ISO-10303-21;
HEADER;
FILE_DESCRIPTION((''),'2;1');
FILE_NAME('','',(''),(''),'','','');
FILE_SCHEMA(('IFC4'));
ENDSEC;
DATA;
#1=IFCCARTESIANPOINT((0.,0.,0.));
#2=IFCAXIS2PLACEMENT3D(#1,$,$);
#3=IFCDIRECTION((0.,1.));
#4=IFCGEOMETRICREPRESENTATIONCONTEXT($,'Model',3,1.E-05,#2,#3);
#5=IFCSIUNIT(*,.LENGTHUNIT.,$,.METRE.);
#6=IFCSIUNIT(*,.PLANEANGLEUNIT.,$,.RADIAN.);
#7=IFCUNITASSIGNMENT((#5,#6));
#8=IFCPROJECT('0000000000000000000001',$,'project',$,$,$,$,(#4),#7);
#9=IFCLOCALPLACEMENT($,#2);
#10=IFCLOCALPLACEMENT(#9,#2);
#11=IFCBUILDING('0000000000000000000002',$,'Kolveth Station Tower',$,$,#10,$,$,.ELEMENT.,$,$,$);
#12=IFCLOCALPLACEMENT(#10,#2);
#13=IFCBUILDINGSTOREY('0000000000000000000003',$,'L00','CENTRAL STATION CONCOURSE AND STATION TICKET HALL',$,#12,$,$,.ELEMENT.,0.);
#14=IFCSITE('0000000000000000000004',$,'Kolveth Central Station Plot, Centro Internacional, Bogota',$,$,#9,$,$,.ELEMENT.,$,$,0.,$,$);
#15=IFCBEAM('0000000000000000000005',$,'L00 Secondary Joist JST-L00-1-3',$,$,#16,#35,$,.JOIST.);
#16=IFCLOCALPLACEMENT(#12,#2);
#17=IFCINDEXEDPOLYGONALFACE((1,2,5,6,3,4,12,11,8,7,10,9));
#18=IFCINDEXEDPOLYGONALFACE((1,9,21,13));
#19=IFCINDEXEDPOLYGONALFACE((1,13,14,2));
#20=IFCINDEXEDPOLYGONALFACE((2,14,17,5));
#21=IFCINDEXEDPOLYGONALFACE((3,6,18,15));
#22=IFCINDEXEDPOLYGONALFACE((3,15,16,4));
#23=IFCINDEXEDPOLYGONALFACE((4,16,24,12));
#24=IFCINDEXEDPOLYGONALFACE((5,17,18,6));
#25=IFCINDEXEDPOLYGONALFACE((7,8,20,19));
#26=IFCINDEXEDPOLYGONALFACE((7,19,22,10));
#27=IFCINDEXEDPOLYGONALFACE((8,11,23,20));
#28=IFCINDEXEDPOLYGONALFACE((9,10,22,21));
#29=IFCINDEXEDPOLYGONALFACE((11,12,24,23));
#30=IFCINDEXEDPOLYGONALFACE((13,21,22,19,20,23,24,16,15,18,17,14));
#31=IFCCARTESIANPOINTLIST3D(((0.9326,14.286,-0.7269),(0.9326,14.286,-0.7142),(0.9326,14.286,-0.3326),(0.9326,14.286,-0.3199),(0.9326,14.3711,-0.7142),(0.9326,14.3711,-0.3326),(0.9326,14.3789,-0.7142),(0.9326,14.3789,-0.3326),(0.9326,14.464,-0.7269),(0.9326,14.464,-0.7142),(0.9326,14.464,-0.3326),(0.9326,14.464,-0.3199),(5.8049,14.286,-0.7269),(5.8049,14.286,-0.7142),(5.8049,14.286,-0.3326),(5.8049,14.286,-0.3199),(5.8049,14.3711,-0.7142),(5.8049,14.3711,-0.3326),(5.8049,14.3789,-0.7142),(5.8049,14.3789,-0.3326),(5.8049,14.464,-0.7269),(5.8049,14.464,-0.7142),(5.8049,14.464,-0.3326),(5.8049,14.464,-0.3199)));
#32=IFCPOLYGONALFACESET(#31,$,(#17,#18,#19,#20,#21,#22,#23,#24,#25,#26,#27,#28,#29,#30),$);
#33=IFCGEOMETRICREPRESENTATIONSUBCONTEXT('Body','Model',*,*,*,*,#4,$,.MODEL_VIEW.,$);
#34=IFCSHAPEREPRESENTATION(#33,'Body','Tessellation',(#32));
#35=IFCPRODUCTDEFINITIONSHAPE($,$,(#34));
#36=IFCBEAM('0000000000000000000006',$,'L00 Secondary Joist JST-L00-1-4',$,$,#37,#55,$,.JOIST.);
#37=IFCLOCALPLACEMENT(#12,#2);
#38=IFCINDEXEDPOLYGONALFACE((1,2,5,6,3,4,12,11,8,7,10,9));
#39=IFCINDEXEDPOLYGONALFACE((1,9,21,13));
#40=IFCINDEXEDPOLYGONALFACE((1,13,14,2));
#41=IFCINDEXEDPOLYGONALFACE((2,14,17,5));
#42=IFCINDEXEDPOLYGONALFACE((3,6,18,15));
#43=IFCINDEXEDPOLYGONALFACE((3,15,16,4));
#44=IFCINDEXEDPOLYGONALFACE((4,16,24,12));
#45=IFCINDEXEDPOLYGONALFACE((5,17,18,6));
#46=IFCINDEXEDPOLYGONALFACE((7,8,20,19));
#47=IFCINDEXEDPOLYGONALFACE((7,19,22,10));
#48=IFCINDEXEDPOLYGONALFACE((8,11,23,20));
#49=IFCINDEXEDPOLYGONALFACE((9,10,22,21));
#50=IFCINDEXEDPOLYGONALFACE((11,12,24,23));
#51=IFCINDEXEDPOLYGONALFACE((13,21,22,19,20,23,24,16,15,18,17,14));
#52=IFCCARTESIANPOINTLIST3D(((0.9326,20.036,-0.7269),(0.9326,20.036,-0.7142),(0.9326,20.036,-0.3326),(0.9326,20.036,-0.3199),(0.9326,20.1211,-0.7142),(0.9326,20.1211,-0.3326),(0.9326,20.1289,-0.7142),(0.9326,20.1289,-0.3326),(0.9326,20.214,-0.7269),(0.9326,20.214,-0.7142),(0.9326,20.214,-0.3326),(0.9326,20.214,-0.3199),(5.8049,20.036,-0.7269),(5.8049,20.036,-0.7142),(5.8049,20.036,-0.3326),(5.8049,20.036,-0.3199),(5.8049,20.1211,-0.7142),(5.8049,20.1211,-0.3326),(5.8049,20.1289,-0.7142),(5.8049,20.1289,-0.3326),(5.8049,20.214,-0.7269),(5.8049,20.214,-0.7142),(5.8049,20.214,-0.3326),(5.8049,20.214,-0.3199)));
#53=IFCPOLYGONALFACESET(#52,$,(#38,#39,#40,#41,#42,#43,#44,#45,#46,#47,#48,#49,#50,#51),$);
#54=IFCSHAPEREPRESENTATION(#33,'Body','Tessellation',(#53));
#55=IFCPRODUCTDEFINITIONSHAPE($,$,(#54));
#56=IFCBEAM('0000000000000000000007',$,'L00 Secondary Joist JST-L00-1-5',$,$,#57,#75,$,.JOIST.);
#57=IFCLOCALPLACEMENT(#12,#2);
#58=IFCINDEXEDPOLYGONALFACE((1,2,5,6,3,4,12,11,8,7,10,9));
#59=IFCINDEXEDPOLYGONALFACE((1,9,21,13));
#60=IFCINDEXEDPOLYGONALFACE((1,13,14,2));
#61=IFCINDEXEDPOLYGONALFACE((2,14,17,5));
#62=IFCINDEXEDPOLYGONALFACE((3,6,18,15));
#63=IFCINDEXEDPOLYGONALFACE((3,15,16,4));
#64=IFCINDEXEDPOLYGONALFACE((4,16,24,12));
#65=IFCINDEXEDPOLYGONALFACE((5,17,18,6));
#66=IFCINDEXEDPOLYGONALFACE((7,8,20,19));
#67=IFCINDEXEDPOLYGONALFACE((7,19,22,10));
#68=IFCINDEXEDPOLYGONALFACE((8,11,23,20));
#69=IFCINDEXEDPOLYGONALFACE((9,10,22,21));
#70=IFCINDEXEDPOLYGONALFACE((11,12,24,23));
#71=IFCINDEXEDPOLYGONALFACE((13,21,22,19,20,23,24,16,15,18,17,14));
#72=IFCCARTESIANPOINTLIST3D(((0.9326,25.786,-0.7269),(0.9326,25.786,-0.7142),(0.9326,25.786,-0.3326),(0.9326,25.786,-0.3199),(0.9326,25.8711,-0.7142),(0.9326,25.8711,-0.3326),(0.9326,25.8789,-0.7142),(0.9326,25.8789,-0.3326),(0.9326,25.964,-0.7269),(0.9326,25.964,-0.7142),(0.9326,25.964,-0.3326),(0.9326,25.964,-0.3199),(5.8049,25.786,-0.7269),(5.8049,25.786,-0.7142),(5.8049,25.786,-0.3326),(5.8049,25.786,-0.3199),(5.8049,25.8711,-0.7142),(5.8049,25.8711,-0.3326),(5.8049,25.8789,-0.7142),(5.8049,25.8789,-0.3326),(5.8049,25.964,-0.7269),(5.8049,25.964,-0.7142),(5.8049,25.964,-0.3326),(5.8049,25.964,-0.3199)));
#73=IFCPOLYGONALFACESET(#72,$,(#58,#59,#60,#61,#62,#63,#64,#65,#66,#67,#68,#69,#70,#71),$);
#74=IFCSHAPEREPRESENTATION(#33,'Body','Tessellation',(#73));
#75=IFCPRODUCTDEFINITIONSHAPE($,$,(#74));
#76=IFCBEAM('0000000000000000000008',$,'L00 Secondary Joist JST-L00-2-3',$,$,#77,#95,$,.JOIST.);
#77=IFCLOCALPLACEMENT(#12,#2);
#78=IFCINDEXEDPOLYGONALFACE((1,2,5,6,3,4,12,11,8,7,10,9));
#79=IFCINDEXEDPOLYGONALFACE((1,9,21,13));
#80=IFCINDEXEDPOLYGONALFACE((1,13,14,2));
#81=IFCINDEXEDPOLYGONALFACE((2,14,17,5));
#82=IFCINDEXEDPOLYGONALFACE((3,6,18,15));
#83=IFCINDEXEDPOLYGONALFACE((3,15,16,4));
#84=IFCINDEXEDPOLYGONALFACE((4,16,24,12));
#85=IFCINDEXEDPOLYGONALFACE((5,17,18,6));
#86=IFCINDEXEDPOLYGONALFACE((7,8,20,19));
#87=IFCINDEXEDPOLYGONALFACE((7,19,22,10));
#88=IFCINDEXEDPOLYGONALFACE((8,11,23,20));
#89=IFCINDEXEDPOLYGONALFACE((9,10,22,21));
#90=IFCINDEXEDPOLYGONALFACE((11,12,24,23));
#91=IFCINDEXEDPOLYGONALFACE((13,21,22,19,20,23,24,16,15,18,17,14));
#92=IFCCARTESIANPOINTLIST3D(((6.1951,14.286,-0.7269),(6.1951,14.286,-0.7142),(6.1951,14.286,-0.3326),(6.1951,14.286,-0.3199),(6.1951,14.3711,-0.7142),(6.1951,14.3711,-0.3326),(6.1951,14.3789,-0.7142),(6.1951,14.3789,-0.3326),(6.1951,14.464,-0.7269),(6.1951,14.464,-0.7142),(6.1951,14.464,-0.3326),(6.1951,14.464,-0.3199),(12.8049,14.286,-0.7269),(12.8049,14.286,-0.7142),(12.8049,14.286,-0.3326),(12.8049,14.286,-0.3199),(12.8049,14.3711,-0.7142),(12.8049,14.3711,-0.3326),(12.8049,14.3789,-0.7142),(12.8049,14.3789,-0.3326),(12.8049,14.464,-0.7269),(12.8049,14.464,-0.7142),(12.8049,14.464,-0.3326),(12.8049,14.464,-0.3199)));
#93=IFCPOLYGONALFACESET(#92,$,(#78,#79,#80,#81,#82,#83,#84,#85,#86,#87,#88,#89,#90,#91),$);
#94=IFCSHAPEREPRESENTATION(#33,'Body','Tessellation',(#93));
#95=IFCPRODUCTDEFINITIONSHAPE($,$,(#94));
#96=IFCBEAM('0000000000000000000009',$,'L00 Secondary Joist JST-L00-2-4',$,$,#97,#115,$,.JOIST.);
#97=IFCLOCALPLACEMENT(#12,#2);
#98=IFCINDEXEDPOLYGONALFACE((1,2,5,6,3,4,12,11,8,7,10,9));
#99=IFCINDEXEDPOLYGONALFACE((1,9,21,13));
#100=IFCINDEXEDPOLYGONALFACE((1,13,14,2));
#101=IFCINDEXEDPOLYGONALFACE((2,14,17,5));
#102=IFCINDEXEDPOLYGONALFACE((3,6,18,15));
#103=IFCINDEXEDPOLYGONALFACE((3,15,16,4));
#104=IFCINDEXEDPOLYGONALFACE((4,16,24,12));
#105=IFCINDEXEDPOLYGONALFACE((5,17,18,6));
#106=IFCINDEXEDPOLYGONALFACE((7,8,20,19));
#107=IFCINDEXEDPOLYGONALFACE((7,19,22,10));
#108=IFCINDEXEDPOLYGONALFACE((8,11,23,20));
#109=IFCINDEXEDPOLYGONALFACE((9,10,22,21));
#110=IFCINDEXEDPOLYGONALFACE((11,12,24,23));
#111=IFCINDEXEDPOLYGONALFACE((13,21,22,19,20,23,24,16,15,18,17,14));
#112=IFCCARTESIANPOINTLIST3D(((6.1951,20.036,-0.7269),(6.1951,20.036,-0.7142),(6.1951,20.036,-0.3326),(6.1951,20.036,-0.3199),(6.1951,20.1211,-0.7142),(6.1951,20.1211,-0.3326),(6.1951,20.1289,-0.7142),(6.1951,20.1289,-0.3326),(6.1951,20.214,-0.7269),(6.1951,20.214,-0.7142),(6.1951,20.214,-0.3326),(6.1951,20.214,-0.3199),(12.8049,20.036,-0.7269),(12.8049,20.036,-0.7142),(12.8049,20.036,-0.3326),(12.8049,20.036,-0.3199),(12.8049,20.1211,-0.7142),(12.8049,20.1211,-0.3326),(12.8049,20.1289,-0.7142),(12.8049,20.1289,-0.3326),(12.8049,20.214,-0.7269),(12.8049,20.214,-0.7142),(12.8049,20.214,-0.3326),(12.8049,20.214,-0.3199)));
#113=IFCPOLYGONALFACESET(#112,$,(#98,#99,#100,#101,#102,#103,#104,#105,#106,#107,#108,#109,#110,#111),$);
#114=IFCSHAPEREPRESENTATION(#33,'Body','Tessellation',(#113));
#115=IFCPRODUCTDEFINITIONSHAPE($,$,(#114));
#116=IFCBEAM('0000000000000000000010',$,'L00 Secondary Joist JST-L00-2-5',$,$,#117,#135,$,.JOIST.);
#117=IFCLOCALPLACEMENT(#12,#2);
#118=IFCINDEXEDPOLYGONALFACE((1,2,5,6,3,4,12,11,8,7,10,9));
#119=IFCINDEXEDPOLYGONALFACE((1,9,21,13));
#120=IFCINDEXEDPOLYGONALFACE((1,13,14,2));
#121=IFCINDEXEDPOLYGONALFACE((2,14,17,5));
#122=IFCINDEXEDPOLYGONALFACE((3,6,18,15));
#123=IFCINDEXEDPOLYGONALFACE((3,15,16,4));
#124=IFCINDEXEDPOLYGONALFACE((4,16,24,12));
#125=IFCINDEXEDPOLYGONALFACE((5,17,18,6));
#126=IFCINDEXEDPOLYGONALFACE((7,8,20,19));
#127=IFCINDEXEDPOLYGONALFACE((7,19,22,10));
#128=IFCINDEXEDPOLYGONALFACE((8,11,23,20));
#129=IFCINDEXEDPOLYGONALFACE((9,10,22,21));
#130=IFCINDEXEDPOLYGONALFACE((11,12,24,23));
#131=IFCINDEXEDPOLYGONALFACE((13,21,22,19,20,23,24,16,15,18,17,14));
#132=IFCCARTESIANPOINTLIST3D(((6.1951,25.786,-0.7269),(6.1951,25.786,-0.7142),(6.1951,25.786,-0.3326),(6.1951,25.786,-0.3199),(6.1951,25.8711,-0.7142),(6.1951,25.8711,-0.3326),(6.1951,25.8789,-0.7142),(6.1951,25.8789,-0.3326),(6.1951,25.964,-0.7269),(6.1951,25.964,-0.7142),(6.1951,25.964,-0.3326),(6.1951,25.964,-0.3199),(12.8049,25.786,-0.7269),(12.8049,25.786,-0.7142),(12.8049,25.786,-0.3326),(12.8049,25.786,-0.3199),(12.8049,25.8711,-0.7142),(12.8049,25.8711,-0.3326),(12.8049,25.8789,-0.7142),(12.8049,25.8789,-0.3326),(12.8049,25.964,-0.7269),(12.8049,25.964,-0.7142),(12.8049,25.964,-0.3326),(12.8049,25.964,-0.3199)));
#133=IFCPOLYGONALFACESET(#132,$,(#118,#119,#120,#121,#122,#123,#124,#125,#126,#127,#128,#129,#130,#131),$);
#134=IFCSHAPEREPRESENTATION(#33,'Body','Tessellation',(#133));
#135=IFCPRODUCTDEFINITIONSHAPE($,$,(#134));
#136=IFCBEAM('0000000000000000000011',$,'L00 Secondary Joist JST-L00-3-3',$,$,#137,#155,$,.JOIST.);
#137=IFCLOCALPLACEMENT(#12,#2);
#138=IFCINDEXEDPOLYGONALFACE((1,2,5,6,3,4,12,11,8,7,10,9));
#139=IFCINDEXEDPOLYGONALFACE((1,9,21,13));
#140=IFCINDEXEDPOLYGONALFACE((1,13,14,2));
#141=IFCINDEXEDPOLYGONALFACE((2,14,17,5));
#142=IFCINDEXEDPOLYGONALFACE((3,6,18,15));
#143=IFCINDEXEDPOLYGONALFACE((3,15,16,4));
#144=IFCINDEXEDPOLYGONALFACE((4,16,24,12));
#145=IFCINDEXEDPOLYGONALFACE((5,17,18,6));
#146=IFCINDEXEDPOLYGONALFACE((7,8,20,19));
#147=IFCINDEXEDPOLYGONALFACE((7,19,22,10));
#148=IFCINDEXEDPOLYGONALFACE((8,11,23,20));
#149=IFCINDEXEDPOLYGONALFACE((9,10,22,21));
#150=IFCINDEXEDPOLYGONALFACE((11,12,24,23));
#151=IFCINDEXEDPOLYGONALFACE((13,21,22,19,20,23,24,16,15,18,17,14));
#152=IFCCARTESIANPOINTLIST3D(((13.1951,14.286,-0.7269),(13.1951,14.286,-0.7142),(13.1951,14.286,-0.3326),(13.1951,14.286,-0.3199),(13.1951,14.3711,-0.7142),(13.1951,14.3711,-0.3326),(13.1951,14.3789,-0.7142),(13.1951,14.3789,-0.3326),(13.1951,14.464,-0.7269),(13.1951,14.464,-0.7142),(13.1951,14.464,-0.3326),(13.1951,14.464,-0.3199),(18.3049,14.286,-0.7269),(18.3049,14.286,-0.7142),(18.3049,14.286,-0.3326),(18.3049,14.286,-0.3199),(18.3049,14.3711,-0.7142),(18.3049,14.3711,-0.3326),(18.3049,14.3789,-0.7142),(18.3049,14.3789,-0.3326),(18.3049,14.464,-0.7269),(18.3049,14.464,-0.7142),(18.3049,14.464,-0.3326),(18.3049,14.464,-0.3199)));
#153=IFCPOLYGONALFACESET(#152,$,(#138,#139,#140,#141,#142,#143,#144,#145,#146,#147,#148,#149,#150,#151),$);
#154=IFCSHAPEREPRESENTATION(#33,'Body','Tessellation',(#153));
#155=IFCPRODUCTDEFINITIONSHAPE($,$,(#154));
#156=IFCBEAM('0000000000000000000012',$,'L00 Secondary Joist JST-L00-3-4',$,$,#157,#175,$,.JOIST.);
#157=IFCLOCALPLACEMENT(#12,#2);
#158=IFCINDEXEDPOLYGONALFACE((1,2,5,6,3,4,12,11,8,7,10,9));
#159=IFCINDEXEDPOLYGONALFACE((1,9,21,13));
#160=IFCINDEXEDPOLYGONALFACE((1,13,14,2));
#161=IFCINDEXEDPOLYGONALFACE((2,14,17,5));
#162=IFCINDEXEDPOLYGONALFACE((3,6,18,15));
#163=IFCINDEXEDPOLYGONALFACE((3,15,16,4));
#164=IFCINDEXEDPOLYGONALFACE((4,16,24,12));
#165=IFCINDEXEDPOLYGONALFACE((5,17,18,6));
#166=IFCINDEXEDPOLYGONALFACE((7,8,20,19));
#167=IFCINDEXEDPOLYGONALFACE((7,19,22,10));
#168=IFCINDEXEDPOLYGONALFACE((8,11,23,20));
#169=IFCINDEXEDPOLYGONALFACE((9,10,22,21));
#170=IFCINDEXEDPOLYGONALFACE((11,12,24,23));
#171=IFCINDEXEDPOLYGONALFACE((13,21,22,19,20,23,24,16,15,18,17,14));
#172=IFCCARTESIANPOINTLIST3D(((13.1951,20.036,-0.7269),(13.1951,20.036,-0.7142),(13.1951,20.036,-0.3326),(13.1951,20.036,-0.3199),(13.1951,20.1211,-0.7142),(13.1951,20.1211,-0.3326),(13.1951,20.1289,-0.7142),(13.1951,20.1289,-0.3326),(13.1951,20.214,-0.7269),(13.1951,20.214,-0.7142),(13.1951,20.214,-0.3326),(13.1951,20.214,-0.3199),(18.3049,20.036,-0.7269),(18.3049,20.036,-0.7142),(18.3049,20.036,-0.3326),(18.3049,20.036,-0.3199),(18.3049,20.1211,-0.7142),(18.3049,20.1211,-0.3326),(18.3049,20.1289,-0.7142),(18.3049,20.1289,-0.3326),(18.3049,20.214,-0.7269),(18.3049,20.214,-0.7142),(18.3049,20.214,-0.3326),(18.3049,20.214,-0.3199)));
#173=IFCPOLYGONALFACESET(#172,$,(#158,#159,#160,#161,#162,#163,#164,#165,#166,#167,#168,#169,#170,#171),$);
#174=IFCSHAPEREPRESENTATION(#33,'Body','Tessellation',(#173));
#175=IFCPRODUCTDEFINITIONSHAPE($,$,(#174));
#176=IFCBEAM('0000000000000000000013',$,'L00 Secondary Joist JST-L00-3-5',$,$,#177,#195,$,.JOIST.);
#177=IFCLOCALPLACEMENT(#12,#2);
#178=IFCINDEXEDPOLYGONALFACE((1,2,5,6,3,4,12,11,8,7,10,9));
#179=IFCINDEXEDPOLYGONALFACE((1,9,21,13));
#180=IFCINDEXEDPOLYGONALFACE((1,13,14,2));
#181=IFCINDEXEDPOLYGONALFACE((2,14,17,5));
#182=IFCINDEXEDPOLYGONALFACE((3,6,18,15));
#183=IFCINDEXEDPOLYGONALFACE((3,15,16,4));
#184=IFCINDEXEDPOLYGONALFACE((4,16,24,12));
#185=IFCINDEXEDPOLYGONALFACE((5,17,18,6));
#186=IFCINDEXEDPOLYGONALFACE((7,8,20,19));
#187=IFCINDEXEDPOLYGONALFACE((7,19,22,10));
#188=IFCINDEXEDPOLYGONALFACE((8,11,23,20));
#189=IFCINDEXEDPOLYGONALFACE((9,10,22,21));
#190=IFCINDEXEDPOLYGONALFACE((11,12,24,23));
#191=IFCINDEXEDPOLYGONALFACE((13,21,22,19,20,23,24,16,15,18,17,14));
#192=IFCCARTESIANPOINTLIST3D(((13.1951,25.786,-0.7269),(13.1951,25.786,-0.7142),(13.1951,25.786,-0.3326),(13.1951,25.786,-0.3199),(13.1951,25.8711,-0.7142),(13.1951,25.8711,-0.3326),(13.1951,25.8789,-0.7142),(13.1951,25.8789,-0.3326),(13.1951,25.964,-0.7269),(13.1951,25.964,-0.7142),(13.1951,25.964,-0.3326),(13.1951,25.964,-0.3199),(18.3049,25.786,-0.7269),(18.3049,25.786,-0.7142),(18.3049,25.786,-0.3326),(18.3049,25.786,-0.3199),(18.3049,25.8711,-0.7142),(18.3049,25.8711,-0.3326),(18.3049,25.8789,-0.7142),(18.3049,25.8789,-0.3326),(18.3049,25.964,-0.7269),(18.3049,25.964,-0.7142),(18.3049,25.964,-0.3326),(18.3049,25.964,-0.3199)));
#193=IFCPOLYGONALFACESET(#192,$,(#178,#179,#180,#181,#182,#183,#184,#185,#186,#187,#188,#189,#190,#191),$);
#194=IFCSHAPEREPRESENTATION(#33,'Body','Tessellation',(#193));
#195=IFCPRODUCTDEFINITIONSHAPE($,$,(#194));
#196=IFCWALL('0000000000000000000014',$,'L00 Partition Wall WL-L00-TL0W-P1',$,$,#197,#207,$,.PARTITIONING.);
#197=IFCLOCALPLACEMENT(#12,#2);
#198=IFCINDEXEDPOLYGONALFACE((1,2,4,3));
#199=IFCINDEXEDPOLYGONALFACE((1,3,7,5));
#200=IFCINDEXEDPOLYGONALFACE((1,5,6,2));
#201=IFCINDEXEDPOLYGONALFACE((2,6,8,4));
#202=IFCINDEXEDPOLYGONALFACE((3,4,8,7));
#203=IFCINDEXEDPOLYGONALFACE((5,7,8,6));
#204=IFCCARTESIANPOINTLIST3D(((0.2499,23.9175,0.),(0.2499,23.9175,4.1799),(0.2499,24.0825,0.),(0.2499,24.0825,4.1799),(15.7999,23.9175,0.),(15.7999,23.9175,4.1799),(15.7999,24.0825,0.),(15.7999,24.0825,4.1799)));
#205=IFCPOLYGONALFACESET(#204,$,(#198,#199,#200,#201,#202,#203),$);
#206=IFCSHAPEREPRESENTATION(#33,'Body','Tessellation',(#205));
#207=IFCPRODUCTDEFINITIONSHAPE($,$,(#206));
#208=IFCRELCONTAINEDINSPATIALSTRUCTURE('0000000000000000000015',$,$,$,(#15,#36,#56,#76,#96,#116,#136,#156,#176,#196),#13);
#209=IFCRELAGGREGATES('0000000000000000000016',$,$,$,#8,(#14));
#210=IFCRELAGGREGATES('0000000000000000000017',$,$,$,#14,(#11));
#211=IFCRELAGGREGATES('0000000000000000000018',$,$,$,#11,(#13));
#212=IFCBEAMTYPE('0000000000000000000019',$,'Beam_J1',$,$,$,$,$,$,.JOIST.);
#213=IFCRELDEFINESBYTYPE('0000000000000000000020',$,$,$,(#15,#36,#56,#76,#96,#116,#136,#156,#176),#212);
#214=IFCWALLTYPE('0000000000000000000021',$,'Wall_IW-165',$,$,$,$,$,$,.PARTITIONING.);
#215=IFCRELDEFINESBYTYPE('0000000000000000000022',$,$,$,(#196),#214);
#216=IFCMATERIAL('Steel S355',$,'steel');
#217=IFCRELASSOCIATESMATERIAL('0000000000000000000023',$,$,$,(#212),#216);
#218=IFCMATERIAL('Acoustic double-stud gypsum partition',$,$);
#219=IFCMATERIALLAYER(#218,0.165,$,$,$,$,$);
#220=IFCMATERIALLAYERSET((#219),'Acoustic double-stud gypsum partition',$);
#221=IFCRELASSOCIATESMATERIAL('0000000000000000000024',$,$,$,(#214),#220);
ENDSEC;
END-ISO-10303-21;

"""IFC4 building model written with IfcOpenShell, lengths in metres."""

from ifc_helpers import new_model, si_unit, direction, frame, frame_2d, origin, origin_2d, place, context, subcontext, project, spatial, rectangle, i_section, extrude, source, transform, mapped, material, layer, layer_set, material_profile, profile_set, type_object, element, save


model = new_model("IFC4")

# Units and contexts
model_context = context("Model", 3, precision=1e-05, world=origin(), true_north=direction((0.0, 1.0)))
body_context = subcontext(model_context, "Body", "Model", "MODEL_VIEW")
ifc_project = project(units=[si_unit("LENGTHUNIT", "METRE"), si_unit("PLANEANGLEUNIT", "RADIAN")], contexts=[model_context])

# Site, building, storey
site_placement = place(None, origin())
site = spatial("IfcSite", under=ifc_project, at=site_placement, Name="Kolveth Central Station Plot, Centro Internacional, Bogota", CompositionType="ELEMENT", RefElevation=0.0)
building_placement = place(site_placement, origin())
building = spatial("IfcBuilding", under=site, at=building_placement, Name="Kolveth Station Tower", CompositionType="ELEMENT")
storey_placement = place(building_placement, origin())
storey = spatial("IfcBuildingStorey", under=building, at=storey_placement, Name="L00", Description="CENTRAL STATION CONCOURSE AND STATION TICKET HALL", CompositionType="ELEMENT", Elevation=0.0)

# Beams
ifc_material_1 = material(Name="Steel S355", Category="steel")
ifc_material_profile_1 = material_profile(ifc_material_1, i_section(OverallWidth=0.178, OverallDepth=0.407, WebThickness=0.0078, FlangeThickness=0.0127, at=origin_2d()), Name="W410x60")
ifc_profile_set_1 = profile_set([ifc_material_profile_1], Name="Steel S355")
beam_type_1 = type_object("IfcBeamType", Name="Beam_J1", PredefinedType="JOIST", material=ifc_profile_set_1)
shared_shape_1 = source(origin(), body_context, "Body", "SweptSolid", [
    extrude(i_section(OverallWidth=0.178, OverallDepth=0.407, WebThickness=0.0078, FlangeThickness=0.0127, at=origin_2d()), origin(), (0.0, 0.0, 1.0), 4.8723),
])
for number, where, z_axis, x_axis, name in (
    (1, (0.9326, 14.375, -0.5234), (1.0, 0.0, 0.0), (0.0, 1.0, 0.0), "L00 Secondary Joist JST-L00-1-3"),
    (2, (0.9326, 20.125, -0.5234), (1.0, 0.0, 0.0), (0.0, 1.0, 0.0), "L00 Secondary Joist JST-L00-1-4"),
    (3, (0.9326, 25.875, -0.5234), (1.0, 0.0, 0.0), (0.0, 1.0, 0.0), "L00 Secondary Joist JST-L00-1-5"),
):
    element("IfcBeam", number, at=place(storey_placement, frame(where, z_axis=z_axis, x_axis=x_axis)), inside=storey, type_object=beam_type_1, Name=name, PredefinedType="JOIST", context=body_context, shape_type="MappedRepresentation", body=[
        mapped(shared_shape_1, transform((0.0, 0.0, 0.0), x_axis=(1.0, 0.0, 0.0), y_axis=(0.0, 1.0, 0.0), z_axis=(0.0, 0.0, 1.0), scale=1.0)),
    ])
shared_shape_2 = source(origin(), body_context, "Body", "SweptSolid", [
    extrude(i_section(OverallWidth=0.178, OverallDepth=0.407, WebThickness=0.0078, FlangeThickness=0.0127, at=origin_2d()), origin(), (0.0, 0.0, 1.0), 6.6099),
])
for number, where, z_axis, x_axis, name in (
    (4, (6.1951, 14.375, -0.5234), (1.0, 0.0, 0.0), (0.0, 1.0, 0.0), "L00 Secondary Joist JST-L00-2-3"),
    (5, (6.1951, 20.125, -0.5234), (1.0, 0.0, 0.0), (0.0, 1.0, 0.0), "L00 Secondary Joist JST-L00-2-4"),
    (6, (6.1951, 25.875, -0.5234), (1.0, 0.0, 0.0), (0.0, 1.0, 0.0), "L00 Secondary Joist JST-L00-2-5"),
):
    element("IfcBeam", number, at=place(storey_placement, frame(where, z_axis=z_axis, x_axis=x_axis)), inside=storey, type_object=beam_type_1, Name=name, PredefinedType="JOIST", context=body_context, shape_type="MappedRepresentation", body=[
        mapped(shared_shape_2, transform((0.0, 0.0, 0.0), x_axis=(1.0, 0.0, 0.0), y_axis=(0.0, 1.0, 0.0), z_axis=(0.0, 0.0, 1.0), scale=1.0)),
    ])
shared_shape_3 = source(origin(), body_context, "Body", "SweptSolid", [
    extrude(i_section(OverallWidth=0.178, OverallDepth=0.407, WebThickness=0.0078, FlangeThickness=0.0127, at=origin_2d()), origin(), (0.0, 0.0, 1.0), 5.1099),
])
for number, where, z_axis, x_axis, name in (
    (7, (13.1951, 14.375, -0.5234), (1.0, 0.0, 0.0), (0.0, 1.0, 0.0), "L00 Secondary Joist JST-L00-3-3"),
    (8, (13.1951, 20.125, -0.5234), (1.0, 0.0, 0.0), (0.0, 1.0, 0.0), "L00 Secondary Joist JST-L00-3-4"),
    (9, (13.1951, 25.875, -0.5234), (1.0, 0.0, 0.0), (0.0, 1.0, 0.0), "L00 Secondary Joist JST-L00-3-5"),
):
    element("IfcBeam", number, at=place(storey_placement, frame(where, z_axis=z_axis, x_axis=x_axis)), inside=storey, type_object=beam_type_1, Name=name, PredefinedType="JOIST", context=body_context, shape_type="MappedRepresentation", body=[
        mapped(shared_shape_3, transform((0.0, 0.0, 0.0), x_axis=(1.0, 0.0, 0.0), y_axis=(0.0, 1.0, 0.0), z_axis=(0.0, 0.0, 1.0), scale=1.0)),
    ])

# Wall
ifc_material_2 = material(Name="Acoustic double-stud gypsum partition")
ifc_layer = layer(ifc_material_2, 0.165)
ifc_layer_set = layer_set([ifc_layer], Name="Acoustic double-stud gypsum partition")
wall_type = type_object("IfcWallType", Name="Wall_IW-165", PredefinedType="PARTITIONING", material=ifc_layer_set)
wall_placement = place(storey_placement, frame((0.25, 24.0, 0.0), z_axis=(0.0, 0.0, 1.0), x_axis=(1.0, 0.0, 0.0)))
element("IfcWall", 10, at=wall_placement, inside=storey, type_object=wall_type, Name="L00 Partition Wall WL-L00-TL0W-P1", PredefinedType="PARTITIONING", context=body_context, shape_type="SweptSolid", body=[
    extrude(rectangle(XDim=15.55, YDim=0.165, at=frame_2d((7.7749, 0.0))), origin(), (0.0, 0.0, 1.0), 4.1799),
])

save(model, "model.ifc")
